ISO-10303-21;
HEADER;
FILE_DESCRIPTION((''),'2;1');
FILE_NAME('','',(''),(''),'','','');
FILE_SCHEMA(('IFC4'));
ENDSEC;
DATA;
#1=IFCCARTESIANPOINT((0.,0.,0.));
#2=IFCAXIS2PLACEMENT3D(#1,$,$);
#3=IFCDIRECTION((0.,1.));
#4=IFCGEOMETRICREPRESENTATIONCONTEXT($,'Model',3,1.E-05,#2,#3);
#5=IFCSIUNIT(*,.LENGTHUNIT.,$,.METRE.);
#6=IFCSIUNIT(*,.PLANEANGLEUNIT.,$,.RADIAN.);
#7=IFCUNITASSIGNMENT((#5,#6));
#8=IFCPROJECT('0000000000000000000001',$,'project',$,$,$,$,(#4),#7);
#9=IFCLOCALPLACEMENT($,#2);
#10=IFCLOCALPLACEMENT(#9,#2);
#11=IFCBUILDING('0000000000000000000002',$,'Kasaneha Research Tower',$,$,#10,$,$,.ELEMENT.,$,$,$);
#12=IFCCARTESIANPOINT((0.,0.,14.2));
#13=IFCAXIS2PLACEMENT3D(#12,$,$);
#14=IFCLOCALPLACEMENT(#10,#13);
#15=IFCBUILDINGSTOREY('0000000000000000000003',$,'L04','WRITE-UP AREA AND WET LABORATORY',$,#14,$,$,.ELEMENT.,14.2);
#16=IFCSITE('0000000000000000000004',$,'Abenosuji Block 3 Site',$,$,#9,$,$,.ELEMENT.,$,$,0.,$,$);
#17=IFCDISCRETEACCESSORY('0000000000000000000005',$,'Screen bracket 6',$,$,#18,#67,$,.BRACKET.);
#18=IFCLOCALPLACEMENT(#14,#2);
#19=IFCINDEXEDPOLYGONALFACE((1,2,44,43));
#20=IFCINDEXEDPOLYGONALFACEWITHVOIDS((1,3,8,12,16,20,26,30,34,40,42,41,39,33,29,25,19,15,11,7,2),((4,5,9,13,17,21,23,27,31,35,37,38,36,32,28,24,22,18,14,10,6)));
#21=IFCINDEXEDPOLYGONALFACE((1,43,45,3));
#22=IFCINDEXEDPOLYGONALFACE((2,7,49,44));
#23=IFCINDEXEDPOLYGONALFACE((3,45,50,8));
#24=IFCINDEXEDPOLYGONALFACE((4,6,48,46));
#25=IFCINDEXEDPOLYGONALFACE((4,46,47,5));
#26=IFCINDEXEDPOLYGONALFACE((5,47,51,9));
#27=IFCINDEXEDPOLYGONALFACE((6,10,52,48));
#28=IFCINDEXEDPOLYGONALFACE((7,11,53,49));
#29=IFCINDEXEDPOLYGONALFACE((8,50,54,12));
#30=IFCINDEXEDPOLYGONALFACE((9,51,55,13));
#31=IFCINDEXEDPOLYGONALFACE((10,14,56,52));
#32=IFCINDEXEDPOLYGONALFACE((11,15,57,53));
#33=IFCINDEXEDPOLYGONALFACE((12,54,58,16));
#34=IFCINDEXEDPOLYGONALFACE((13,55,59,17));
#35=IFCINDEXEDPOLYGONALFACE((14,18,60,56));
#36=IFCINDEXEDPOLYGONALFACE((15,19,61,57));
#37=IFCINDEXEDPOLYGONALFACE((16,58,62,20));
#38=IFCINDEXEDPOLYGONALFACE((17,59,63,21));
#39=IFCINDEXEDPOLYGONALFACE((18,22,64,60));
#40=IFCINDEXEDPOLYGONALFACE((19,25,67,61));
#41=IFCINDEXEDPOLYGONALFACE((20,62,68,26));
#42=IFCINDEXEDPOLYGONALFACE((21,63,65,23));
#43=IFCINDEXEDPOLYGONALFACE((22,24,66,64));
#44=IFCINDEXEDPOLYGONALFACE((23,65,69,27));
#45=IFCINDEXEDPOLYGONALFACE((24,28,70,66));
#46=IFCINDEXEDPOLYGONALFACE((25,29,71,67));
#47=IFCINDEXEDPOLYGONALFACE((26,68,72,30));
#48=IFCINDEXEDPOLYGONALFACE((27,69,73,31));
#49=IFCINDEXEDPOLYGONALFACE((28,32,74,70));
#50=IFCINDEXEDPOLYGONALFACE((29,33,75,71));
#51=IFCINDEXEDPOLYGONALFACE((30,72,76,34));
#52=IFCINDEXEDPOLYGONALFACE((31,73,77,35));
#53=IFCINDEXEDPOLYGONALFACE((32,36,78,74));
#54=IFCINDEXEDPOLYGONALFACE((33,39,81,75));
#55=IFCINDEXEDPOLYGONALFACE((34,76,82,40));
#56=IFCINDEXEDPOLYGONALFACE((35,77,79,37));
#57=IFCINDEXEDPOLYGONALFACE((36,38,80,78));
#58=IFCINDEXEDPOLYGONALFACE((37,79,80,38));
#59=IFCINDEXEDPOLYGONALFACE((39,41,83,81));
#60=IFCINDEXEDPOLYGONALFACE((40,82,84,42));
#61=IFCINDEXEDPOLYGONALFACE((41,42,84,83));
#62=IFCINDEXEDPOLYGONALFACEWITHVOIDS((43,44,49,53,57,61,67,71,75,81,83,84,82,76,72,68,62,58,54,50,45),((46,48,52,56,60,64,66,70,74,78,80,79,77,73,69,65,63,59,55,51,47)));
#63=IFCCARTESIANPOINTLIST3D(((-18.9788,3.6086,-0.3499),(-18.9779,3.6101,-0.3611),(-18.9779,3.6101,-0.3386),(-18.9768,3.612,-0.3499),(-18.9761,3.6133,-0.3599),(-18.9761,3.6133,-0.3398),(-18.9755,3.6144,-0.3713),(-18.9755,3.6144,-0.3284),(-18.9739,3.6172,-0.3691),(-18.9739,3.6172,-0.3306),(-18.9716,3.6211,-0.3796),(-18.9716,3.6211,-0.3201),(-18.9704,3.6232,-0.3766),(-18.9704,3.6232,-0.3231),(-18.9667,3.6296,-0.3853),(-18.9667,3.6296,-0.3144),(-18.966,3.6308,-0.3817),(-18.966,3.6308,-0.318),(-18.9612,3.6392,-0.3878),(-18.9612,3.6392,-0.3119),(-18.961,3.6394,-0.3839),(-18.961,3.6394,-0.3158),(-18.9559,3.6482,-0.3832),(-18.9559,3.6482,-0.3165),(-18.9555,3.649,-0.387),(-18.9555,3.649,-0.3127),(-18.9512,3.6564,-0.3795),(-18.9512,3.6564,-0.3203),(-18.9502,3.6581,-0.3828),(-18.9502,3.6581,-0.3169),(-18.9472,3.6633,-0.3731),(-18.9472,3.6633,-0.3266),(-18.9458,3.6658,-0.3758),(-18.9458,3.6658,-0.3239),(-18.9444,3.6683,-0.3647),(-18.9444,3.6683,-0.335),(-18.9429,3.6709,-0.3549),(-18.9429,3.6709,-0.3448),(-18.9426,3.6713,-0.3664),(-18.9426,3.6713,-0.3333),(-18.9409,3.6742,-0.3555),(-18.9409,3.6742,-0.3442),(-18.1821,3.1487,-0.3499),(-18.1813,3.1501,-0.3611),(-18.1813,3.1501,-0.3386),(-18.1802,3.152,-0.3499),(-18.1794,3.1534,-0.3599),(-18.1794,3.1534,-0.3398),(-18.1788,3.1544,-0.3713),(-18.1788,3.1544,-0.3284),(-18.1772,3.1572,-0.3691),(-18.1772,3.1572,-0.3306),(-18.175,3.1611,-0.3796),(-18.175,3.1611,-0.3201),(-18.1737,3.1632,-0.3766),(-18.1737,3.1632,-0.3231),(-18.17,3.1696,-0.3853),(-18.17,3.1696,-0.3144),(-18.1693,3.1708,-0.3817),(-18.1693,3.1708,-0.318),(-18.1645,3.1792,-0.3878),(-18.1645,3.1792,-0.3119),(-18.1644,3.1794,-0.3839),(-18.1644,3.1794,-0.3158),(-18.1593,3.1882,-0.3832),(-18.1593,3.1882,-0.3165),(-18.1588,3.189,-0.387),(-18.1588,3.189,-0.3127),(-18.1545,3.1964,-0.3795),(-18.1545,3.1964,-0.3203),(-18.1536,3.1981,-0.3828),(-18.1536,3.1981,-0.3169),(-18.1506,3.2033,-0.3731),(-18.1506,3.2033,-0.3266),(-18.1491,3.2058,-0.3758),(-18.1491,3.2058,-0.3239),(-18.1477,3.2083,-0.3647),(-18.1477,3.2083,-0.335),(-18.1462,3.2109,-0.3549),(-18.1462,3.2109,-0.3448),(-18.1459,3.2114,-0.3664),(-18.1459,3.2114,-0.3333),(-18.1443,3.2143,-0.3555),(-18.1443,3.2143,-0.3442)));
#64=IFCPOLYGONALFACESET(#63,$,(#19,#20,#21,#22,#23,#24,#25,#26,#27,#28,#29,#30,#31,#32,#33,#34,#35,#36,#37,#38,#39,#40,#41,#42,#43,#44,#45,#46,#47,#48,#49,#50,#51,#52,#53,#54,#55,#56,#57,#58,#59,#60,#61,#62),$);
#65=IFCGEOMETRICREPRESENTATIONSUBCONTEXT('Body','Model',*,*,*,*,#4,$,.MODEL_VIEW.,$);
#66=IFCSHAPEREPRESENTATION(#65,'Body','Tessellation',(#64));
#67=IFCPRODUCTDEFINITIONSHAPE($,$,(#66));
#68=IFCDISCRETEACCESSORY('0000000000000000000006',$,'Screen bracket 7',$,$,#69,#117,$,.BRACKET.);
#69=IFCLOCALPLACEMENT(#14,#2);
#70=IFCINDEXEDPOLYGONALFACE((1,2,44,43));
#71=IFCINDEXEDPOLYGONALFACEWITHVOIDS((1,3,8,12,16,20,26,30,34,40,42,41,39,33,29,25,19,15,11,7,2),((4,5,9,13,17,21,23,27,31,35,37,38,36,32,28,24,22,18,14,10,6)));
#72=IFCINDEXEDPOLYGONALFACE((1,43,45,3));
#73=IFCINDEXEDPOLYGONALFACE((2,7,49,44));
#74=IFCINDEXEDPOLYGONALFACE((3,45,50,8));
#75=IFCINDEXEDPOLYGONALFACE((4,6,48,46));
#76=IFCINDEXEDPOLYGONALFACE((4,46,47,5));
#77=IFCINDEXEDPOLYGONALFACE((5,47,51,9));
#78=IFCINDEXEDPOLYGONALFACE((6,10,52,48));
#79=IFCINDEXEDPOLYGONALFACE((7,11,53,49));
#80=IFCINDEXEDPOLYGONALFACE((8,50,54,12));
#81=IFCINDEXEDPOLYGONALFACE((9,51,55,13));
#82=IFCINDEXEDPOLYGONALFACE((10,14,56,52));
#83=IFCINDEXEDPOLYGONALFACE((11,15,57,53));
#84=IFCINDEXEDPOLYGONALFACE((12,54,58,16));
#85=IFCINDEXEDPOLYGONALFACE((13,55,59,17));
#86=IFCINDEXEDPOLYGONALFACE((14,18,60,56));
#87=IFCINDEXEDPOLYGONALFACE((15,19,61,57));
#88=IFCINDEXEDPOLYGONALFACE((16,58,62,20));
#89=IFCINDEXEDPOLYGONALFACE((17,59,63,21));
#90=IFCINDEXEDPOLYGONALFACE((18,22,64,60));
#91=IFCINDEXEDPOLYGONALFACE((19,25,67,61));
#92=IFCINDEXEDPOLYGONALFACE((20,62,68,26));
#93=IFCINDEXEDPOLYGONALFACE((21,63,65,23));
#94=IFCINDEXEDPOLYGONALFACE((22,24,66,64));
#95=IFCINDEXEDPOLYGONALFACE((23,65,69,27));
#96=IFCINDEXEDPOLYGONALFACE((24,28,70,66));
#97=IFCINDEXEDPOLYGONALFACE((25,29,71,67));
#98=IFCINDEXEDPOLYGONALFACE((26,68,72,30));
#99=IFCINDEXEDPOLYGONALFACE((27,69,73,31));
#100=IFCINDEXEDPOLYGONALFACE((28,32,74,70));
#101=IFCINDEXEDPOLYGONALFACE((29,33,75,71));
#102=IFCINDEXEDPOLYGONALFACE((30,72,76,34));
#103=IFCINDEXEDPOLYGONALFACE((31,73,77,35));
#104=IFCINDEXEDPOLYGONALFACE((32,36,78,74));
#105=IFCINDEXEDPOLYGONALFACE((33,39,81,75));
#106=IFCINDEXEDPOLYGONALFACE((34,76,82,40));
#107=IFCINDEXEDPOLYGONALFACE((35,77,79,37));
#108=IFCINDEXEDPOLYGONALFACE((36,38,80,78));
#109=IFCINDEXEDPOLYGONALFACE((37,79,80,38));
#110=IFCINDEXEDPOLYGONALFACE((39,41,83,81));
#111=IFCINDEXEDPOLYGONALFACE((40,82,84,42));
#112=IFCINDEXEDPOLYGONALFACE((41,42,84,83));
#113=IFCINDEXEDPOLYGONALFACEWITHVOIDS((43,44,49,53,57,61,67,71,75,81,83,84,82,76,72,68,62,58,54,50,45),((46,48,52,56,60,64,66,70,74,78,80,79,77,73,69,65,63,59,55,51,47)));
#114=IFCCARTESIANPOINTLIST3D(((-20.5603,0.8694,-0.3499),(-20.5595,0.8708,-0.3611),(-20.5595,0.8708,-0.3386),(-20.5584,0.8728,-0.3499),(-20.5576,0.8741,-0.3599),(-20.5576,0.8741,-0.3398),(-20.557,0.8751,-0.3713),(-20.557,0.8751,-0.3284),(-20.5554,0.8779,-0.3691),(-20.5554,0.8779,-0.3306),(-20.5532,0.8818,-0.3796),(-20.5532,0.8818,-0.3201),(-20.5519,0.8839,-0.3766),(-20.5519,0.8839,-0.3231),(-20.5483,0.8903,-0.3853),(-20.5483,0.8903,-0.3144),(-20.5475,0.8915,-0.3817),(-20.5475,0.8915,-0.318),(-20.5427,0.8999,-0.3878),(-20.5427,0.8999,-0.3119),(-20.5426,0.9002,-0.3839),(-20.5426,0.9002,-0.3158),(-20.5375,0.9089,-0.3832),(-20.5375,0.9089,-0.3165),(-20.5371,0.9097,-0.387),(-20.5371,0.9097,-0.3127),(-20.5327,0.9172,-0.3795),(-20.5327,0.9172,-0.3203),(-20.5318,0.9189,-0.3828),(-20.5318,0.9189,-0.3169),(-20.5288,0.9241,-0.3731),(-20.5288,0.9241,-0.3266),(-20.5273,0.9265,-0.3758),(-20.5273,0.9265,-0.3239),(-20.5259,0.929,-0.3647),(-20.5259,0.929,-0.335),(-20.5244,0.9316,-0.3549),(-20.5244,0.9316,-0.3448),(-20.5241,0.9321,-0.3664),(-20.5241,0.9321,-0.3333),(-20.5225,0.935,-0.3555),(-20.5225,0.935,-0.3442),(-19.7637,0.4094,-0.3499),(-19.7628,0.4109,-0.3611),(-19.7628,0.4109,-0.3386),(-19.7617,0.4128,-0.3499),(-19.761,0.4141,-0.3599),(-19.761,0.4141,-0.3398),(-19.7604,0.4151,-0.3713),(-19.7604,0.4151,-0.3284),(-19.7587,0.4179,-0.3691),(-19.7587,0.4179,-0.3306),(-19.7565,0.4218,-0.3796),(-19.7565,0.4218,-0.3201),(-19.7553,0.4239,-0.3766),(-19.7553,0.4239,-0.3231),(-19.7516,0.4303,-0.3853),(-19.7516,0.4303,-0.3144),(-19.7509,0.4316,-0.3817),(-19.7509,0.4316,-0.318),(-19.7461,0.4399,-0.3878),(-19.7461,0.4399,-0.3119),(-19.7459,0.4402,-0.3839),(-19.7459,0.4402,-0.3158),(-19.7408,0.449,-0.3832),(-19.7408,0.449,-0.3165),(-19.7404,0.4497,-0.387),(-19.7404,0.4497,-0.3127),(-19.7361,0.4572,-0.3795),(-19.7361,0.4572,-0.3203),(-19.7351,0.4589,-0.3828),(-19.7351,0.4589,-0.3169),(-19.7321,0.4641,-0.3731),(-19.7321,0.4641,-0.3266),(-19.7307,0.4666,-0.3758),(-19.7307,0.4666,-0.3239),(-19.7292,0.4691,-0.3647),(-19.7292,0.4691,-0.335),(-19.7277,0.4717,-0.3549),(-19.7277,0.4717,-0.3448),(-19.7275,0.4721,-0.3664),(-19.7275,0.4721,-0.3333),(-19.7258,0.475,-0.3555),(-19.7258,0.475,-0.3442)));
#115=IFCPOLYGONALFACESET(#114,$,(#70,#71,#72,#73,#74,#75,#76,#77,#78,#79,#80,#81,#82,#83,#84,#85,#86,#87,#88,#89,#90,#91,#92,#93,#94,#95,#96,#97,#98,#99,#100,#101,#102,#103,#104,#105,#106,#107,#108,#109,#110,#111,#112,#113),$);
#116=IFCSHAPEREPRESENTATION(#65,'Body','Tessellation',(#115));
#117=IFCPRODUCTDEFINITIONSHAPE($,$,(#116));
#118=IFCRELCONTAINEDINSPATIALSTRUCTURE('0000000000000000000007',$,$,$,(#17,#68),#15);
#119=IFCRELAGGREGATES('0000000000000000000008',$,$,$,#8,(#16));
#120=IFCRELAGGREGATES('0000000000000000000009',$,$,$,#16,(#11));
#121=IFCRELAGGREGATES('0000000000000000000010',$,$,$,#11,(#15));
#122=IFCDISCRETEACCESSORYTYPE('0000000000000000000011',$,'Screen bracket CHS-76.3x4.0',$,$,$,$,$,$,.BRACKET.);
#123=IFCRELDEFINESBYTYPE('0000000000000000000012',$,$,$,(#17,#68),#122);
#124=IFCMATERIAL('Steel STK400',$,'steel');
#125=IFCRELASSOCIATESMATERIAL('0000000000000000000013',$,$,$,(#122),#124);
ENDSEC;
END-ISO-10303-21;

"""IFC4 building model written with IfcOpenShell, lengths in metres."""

from ifc_helpers import new_model, si_unit, direction, frame, origin, origin_2d, place, context, subcontext, project, spatial, hollow_circle, extrude, material, material_profile, profile_set, type_object, element, save


model = new_model("IFC4")

# Units and contexts
model_context = context("Model", 3, precision=1e-05, world=origin(), true_north=direction((0.0, 1.0)))
body_context = subcontext(model_context, "Body", "Model", "MODEL_VIEW")
ifc_project = project(units=[si_unit("LENGTHUNIT", "METRE"), si_unit("PLANEANGLEUNIT", "RADIAN")], contexts=[model_context])

# Site, building, storey
site_placement = place(None, origin())
site = spatial("IfcSite", under=ifc_project, at=site_placement, Name="Abenosuji Block 3 Site", CompositionType="ELEMENT", RefElevation=0.0)
building_placement = place(site_placement, origin())
building = spatial("IfcBuilding", under=site, at=building_placement, Name="Kasaneha Research Tower", CompositionType="ELEMENT")
storey_placement = place(building_placement, frame((0.0, 0.0, 14.2)))
storey = spatial("IfcBuildingStorey", under=building, at=storey_placement, Name="L04", Description="WRITE-UP AREA AND WET LABORATORY", CompositionType="ELEMENT", Elevation=14.2)

# Discrete accessories
ifc_material_1 = material(Name="Steel STK400", Category="steel")
ifc_material_profile_1 = material_profile(ifc_material_1, hollow_circle(Radius=0.0381, WallThickness=0.0039, at=origin_2d()), Name="CHS-76.3x4.0")
ifc_profile_set_1 = profile_set([ifc_material_profile_1], Name="Steel STK400")
discrete_accessory_type = type_object("IfcDiscreteAccessoryType", Name="Screen bracket CHS-76.3x4.0", PredefinedType="BRACKET", material=ifc_profile_set_1)
for number, where, z_axis, x_axis, name in (
    (1, (-18.1631, 3.1816, -0.3499), (-0.866013, 0.500021, 0.0), (-0.500021, -0.866013, 0.0), "Screen bracket 6"),
    (2, (-19.7446, 0.4424, -0.3499), (-0.866013, 0.500021, 0.0), (-0.500021, -0.866013, 0.0), "Screen bracket 7"),
):
    element("IfcDiscreteAccessory", number, at=place(storey_placement, frame(where, z_axis=z_axis, x_axis=x_axis)), inside=storey, type_object=discrete_accessory_type, Name=name, PredefinedType="BRACKET", context=body_context, shape_type="SweptSolid", body=[
        extrude(hollow_circle(Radius=0.0381, WallThickness=0.0039, at=origin_2d()), origin(), (0.0, 0.0, 1.0), 0.9199),
    ])

save(model, "model.ifc")
